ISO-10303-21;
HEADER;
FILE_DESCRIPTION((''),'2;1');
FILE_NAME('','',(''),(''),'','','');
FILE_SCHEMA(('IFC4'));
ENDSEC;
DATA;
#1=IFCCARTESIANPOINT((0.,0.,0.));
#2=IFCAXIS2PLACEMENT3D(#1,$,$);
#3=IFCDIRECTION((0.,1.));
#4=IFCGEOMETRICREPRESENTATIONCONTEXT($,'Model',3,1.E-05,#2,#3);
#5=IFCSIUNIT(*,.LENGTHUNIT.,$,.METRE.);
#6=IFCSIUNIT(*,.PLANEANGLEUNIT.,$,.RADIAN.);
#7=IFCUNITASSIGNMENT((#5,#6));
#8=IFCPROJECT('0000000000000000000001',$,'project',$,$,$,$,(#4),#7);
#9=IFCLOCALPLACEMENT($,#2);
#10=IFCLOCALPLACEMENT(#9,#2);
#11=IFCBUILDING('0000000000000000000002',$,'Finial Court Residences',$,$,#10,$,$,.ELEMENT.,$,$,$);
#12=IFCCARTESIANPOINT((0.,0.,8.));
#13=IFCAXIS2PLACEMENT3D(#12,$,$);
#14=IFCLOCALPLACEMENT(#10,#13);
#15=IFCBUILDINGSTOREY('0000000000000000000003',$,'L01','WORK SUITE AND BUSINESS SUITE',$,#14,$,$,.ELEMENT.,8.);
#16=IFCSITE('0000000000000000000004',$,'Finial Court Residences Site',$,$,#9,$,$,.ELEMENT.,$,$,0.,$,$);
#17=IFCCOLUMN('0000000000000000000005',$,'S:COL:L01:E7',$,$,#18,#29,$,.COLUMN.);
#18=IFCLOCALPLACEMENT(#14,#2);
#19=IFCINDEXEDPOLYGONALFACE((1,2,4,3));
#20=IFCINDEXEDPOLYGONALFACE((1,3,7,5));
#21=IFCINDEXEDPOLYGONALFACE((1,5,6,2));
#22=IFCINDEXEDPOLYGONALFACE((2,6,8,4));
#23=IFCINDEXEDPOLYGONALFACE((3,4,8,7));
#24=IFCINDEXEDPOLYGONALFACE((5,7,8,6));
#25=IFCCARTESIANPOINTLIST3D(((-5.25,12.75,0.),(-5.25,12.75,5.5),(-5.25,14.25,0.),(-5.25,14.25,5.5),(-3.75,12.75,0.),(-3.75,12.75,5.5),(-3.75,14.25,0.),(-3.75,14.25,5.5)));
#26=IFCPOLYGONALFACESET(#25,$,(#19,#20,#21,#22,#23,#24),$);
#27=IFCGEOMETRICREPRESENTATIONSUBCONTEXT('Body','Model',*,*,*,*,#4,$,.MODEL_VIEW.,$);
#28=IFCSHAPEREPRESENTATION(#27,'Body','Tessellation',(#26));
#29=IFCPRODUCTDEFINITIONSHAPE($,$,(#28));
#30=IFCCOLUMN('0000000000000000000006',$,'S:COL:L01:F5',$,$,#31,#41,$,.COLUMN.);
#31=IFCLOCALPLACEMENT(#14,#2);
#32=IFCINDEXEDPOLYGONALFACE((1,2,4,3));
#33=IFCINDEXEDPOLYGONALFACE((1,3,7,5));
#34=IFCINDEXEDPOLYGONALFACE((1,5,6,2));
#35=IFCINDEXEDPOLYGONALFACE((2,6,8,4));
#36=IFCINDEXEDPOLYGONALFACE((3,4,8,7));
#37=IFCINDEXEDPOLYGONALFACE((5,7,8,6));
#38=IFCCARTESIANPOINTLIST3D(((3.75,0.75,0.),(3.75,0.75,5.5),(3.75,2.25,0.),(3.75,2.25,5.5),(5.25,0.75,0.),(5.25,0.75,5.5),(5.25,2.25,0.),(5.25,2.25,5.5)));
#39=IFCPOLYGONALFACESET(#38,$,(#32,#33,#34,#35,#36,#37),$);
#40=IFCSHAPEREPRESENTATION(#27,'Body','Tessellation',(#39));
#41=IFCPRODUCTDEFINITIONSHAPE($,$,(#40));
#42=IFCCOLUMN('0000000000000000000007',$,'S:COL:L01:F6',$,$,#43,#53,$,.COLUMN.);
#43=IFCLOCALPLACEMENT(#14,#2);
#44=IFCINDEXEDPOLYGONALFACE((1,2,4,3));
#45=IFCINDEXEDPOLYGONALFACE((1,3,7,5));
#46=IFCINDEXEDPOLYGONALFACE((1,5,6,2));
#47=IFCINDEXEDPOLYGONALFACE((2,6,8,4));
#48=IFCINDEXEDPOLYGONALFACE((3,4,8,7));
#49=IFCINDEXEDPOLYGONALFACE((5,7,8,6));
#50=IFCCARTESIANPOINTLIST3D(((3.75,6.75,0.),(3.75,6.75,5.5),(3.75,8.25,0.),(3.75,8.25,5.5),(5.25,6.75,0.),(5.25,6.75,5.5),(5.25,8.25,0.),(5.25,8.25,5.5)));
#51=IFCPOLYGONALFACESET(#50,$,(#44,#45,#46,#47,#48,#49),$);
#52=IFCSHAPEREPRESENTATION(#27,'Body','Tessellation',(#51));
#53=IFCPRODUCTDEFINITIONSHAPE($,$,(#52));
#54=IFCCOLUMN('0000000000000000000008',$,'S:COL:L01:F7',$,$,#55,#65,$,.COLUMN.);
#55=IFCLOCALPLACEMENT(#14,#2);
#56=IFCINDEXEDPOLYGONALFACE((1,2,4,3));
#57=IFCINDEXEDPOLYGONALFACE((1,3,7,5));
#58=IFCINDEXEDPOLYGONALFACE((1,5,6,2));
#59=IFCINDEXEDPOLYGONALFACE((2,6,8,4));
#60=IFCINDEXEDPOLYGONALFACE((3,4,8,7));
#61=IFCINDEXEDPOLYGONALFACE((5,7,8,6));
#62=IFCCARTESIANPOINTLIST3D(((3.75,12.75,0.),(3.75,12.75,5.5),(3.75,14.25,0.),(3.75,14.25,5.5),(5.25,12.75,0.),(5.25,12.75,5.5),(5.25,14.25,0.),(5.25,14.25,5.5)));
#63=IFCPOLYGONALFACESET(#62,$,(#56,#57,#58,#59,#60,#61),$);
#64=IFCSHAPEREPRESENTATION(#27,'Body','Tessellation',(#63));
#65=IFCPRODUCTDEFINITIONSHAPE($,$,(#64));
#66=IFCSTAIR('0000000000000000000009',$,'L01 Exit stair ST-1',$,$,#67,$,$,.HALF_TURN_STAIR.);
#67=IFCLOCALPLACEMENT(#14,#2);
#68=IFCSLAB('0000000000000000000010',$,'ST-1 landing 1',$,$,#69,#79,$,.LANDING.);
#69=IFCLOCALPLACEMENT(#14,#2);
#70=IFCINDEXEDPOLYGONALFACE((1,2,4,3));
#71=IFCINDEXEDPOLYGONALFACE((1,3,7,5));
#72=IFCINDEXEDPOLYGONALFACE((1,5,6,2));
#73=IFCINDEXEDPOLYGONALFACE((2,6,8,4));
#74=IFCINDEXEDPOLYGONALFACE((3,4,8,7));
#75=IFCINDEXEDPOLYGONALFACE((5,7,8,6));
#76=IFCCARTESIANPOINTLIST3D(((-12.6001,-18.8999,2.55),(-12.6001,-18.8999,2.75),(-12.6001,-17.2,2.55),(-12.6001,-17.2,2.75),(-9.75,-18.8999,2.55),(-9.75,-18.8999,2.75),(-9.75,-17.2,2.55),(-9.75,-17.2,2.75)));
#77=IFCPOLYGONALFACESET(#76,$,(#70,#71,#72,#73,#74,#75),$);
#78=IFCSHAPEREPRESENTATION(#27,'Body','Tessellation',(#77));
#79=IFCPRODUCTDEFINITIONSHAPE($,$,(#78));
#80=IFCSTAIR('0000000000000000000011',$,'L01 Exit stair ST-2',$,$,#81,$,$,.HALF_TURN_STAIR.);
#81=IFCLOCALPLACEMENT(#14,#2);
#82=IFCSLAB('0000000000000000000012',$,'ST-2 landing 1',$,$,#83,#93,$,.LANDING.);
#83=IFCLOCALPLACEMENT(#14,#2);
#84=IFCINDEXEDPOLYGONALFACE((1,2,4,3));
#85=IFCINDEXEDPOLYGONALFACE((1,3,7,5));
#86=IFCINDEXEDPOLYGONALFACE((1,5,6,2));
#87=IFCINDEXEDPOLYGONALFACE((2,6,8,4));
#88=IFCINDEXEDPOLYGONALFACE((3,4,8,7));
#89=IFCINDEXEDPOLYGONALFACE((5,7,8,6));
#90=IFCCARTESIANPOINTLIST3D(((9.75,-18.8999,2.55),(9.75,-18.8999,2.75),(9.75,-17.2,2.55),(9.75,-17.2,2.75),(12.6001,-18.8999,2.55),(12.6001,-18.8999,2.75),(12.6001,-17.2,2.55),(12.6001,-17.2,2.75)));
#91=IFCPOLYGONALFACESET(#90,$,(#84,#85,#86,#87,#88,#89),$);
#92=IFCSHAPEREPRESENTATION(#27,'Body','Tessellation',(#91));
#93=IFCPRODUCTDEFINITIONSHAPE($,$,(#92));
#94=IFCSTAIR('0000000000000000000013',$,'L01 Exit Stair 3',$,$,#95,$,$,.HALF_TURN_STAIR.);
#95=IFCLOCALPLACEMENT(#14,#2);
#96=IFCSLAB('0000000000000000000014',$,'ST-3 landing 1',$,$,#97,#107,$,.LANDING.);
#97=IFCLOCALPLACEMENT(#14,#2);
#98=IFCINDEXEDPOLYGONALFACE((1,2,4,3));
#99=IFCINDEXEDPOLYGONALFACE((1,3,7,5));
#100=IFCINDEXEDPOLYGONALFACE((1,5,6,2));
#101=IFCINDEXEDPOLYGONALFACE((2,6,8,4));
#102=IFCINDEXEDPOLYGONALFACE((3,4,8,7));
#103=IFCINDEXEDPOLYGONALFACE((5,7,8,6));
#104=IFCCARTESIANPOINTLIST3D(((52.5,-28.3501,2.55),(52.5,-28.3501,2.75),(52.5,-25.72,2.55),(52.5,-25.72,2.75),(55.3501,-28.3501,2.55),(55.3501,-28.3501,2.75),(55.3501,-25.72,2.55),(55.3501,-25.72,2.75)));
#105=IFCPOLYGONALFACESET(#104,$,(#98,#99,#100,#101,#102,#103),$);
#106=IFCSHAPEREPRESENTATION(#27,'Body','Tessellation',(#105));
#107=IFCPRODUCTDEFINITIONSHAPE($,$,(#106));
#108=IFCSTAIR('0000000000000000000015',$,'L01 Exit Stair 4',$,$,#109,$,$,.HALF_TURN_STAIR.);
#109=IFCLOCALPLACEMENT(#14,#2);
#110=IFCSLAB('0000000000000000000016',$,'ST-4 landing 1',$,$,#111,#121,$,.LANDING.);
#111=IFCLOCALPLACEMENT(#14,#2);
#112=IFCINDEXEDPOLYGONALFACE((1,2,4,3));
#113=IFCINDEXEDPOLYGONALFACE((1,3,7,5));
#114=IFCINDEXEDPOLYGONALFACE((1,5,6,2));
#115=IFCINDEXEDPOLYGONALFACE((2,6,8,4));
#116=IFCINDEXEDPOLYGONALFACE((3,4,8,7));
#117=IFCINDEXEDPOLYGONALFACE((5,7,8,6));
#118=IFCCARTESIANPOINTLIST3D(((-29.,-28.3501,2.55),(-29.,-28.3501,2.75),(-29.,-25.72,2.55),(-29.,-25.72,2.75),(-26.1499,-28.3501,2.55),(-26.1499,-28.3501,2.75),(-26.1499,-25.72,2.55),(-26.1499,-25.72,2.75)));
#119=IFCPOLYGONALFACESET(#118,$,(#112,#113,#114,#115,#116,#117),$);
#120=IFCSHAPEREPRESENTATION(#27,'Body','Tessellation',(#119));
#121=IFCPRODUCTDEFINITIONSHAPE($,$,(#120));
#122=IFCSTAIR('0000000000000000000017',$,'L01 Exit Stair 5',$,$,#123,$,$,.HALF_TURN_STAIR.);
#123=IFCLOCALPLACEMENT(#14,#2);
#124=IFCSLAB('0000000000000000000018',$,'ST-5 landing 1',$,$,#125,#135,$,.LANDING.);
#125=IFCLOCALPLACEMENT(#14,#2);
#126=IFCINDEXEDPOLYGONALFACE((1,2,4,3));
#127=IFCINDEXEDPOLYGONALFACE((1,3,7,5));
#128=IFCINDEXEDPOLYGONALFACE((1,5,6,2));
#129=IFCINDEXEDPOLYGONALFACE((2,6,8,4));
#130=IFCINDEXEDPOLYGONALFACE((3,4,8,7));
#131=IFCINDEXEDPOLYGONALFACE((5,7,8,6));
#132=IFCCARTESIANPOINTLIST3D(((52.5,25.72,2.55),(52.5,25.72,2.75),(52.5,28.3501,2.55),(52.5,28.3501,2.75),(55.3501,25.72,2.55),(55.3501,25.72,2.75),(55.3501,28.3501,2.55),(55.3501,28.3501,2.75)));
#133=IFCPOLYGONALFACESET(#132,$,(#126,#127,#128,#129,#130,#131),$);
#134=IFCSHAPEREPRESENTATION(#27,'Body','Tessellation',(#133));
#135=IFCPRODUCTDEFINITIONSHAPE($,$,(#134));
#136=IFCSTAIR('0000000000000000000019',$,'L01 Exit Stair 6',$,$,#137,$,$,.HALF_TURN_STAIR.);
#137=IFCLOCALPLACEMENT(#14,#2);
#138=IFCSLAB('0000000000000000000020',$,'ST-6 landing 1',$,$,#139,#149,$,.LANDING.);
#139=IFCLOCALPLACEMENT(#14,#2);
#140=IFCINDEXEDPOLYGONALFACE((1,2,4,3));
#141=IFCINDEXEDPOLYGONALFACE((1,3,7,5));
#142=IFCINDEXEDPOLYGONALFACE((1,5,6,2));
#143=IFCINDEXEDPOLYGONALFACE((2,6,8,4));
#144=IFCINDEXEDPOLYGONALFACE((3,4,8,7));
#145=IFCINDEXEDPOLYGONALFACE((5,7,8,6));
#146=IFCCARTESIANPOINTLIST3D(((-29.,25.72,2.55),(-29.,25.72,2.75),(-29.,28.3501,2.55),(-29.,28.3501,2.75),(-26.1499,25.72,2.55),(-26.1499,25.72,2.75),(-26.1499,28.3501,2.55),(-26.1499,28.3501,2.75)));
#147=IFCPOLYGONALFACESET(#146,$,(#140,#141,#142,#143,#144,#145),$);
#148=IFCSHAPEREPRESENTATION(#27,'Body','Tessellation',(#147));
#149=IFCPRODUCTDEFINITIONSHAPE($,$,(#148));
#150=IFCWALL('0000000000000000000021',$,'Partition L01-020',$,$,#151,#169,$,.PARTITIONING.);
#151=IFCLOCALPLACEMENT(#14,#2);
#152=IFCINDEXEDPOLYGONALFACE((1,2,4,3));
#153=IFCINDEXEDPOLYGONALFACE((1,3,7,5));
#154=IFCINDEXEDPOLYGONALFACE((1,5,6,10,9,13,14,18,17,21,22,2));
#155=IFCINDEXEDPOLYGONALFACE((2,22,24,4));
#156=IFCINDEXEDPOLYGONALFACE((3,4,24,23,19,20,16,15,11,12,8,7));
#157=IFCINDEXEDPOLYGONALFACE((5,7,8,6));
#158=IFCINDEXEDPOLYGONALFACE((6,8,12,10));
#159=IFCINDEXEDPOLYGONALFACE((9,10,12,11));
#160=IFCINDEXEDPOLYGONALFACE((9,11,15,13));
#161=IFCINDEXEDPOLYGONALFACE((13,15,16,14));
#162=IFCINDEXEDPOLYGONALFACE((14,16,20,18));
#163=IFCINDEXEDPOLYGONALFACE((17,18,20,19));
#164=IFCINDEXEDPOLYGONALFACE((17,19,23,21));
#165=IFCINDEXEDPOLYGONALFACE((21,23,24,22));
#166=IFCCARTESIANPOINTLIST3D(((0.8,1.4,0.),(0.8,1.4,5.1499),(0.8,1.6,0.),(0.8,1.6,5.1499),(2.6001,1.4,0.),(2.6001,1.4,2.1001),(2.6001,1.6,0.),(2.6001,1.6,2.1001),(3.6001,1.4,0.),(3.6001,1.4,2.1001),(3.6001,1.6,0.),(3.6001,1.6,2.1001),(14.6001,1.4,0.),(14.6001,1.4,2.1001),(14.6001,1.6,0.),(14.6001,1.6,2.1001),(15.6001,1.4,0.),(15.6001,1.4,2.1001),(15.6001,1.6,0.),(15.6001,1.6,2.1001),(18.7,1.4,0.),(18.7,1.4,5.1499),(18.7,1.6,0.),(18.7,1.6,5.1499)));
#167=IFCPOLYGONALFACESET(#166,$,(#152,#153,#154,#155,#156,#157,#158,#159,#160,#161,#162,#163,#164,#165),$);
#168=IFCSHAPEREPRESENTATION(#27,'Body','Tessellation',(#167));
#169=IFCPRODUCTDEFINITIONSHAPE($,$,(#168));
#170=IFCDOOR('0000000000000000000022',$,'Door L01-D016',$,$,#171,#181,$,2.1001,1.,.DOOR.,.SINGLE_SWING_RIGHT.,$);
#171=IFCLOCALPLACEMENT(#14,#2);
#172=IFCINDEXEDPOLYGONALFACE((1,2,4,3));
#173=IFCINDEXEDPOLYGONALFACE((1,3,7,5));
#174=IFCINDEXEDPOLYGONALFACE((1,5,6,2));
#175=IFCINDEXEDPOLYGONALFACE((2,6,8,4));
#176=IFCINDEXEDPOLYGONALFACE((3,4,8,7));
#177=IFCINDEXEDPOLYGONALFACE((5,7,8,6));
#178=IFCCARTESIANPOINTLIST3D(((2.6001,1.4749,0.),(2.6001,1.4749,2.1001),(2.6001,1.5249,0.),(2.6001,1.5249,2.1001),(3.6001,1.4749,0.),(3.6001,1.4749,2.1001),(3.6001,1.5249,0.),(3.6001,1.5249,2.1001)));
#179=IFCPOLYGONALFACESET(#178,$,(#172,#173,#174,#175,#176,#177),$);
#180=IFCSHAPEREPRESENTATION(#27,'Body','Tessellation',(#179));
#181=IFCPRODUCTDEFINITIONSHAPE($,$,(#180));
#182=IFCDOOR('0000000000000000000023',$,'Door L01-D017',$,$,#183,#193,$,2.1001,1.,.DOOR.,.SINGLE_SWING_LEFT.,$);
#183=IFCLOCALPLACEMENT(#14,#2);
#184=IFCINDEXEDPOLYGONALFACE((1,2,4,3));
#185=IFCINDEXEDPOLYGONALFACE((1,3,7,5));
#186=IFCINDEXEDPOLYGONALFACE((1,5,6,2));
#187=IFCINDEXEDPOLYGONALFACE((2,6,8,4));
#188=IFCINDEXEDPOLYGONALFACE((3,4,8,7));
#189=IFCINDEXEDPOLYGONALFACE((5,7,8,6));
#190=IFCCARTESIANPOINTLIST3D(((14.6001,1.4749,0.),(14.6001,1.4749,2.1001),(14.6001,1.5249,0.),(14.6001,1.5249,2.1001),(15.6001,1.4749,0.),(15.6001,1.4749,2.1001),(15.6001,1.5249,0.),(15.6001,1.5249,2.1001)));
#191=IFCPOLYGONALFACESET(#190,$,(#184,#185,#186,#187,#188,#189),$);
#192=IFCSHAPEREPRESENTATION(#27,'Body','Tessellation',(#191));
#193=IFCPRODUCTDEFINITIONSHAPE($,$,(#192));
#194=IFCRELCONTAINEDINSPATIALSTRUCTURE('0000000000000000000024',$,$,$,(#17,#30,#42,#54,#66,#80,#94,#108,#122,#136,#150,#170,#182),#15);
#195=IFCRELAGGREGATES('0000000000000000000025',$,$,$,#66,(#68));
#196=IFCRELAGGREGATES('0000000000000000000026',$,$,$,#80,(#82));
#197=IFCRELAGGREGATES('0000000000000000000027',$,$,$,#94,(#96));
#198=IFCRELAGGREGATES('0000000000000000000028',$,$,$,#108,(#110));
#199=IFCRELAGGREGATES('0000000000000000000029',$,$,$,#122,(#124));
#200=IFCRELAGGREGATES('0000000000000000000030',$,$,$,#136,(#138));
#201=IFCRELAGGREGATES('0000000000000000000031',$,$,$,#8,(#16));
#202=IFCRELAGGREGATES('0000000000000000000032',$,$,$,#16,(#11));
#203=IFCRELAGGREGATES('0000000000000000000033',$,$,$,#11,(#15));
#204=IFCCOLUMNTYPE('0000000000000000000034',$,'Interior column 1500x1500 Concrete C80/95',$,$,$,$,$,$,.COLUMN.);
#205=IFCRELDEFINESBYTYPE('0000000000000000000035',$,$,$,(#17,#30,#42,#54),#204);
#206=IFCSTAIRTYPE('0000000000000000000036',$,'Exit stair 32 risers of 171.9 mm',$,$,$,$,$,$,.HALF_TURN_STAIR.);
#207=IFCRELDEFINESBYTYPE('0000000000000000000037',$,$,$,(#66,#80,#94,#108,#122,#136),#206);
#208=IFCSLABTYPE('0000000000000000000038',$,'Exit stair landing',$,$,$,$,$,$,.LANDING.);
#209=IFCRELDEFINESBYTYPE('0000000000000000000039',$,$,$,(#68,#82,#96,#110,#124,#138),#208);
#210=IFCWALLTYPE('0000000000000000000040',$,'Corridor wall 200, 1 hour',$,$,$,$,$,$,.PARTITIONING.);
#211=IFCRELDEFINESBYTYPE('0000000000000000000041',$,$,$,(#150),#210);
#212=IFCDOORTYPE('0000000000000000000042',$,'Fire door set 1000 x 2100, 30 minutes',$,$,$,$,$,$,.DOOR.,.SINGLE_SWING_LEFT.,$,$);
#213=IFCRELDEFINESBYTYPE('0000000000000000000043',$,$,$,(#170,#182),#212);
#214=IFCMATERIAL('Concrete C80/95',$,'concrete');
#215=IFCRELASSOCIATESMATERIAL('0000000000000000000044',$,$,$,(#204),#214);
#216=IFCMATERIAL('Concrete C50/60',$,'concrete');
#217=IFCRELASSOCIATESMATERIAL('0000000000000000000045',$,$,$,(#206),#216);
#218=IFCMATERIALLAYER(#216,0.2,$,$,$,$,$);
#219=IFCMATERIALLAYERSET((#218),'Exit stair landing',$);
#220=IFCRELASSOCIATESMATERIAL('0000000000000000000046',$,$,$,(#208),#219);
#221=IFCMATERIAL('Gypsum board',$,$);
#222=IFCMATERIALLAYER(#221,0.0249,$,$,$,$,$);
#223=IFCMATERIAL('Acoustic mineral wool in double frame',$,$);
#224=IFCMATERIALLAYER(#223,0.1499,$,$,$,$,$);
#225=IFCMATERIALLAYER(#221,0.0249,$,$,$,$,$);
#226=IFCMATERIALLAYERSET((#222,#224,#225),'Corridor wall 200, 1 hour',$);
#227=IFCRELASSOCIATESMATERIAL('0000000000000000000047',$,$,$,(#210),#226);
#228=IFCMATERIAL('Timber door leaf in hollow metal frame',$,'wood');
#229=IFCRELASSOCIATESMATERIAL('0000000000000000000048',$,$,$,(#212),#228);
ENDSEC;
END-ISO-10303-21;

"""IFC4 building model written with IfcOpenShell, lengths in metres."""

from ifc_helpers import new_model, si_unit, direction, frame, frame_2d, origin, origin_2d, place, context, subcontext, project, spatial, polyline, rectangle, outline, extrude, material, layer, layer_set, material_profile, profile_set, type_object, element, fill, aggregate, save


model = new_model("IFC4")

# Units and contexts
model_context = context("Model", 3, precision=1e-05, world=origin(), true_north=direction((0.0, 1.0)))
body_context = subcontext(model_context, "Body", "Model", "MODEL_VIEW")
ifc_project = project(units=[si_unit("LENGTHUNIT", "METRE"), si_unit("PLANEANGLEUNIT", "RADIAN")], contexts=[model_context])

# Site, building, storey
site_placement = place(None, origin())
site = spatial("IfcSite", under=ifc_project, at=site_placement, Name="Finial Court Residences Site", CompositionType="ELEMENT", RefElevation=0.0)
building_placement = place(site_placement, origin())
building = spatial("IfcBuilding", under=site, at=building_placement, Name="Finial Court Residences", CompositionType="ELEMENT")
storey_placement = place(building_placement, frame((0.0, 0.0, 8.0)))
storey = spatial("IfcBuildingStorey", under=building, at=storey_placement, Name="L01", Description="WORK SUITE AND BUSINESS SUITE", CompositionType="ELEMENT", Elevation=8.0)

# Columns
ifc_material_1 = material(Name="Concrete C80/95", Category="concrete")
ifc_material_profile = material_profile(ifc_material_1, rectangle(XDim=1.5, YDim=1.5, at=origin_2d()), Name="1500x1500")
ifc_profile_set = profile_set([ifc_material_profile], Name="Concrete C80/95")
column_type = type_object("IfcColumnType", Name="Interior column 1500x1500 Concrete C80/95", PredefinedType="COLUMN", material=ifc_profile_set)
for number, where, z_axis, x_axis, name in (
    (1, (-4.5, 13.5, 0.0), (0.0, 0.0, 1.0), (1.0, 0.0, 0.0), "S:COL:L01:E7"),
    (2, (4.5, 1.5, 0.0), (0.0, 0.0, 1.0), (1.0, 0.0, 0.0), "S:COL:L01:F5"),
    (3, (4.5, 7.5, 0.0), (0.0, 0.0, 1.0), (1.0, 0.0, 0.0), "S:COL:L01:F6"),
    (4, (4.5, 13.5, 0.0), (0.0, 0.0, 1.0), (1.0, 0.0, 0.0), "S:COL:L01:F7"),
):
    element("IfcColumn", number, at=place(storey_placement, frame(where, z_axis=z_axis, x_axis=x_axis)), inside=storey, type_object=column_type, Name=name, PredefinedType="COLUMN", context=body_context, shape_type="SweptSolid", body=[
        extrude(rectangle(XDim=1.5, YDim=1.5, at=origin_2d()), origin(), (0.0, 0.0, 1.0), 5.5),
    ])

# Stairs, slabs
ifc_material_2 = material(Name="Concrete C50/60", Category="concrete")
stair_type = type_object("IfcStairType", Name="Exit stair 32 risers of 171.9 mm", PredefinedType="HALF_TURN_STAIR", material=ifc_material_2)
stair_1_placement = place(storey_placement, origin())
stair_1 = element("IfcStair", 5, at=stair_1_placement, inside=storey, type_object=stair_type, Name="L01 Exit stair ST-1", PredefinedType="HALF_TURN_STAIR")
ifc_layer_1 = layer(ifc_material_2, 0.2)
ifc_layer_set_1 = layer_set([ifc_layer_1], Name="Exit stair landing")
slab_type = type_object("IfcSlabType", Name="Exit stair landing", PredefinedType="LANDING", material=ifc_layer_set_1)
slab_1_placement = place(storey_placement, frame((0.0, 0.0, 2.55)))
slab_1 = element("IfcSlab", 6, at=slab_1_placement, type_object=slab_type, Name="ST-1 landing 1", PredefinedType="LANDING", context=body_context, shape_type="SweptSolid", body=[
    extrude(outline(polyline([(-9.75, -18.8999), (-9.75, -17.2), (-12.6001, -17.2), (-12.6001, -18.8999), (-9.75, -18.8999)])), origin(), (0.0, 0.0, 1.0), 0.2),
])
aggregate(stair_1, [slab_1])
stair_2_placement = place(storey_placement, origin())
stair_2 = element("IfcStair", 7, at=stair_2_placement, inside=storey, type_object=stair_type, Name="L01 Exit stair ST-2", PredefinedType="HALF_TURN_STAIR")
slab_2_placement = place(storey_placement, frame((0.0, 0.0, 2.55)))
slab_2 = element("IfcSlab", 8, at=slab_2_placement, type_object=slab_type, Name="ST-2 landing 1", PredefinedType="LANDING", context=body_context, shape_type="SweptSolid", body=[
    extrude(outline(polyline([(12.6001, -18.8999), (12.6001, -17.2), (9.75, -17.2), (9.75, -18.8999), (12.6001, -18.8999)])), origin(), (0.0, 0.0, 1.0), 0.2),
])
aggregate(stair_2, [slab_2])
stair_3_placement = place(storey_placement, origin())
stair_3 = element("IfcStair", 9, at=stair_3_placement, inside=storey, type_object=stair_type, Name="L01 Exit Stair 3", PredefinedType="HALF_TURN_STAIR")
slab_3_placement = place(storey_placement, frame((0.0, 0.0, 2.55)))
slab_3 = element("IfcSlab", 10, at=slab_3_placement, type_object=slab_type, Name="ST-3 landing 1", PredefinedType="LANDING", context=body_context, shape_type="SweptSolid", body=[
    extrude(outline(polyline([(55.3501, -28.3501), (55.3501, -25.72), (52.5, -25.72), (52.5, -28.3501), (55.3501, -28.3501)])), origin(), (0.0, 0.0, 1.0), 0.2),
])
aggregate(stair_3, [slab_3])
stair_4_placement = place(storey_placement, origin())
stair_4 = element("IfcStair", 11, at=stair_4_placement, inside=storey, type_object=stair_type, Name="L01 Exit Stair 4", PredefinedType="HALF_TURN_STAIR")
slab_4_placement = place(storey_placement, frame((0.0, 0.0, 2.55)))
slab_4 = element("IfcSlab", 12, at=slab_4_placement, type_object=slab_type, Name="ST-4 landing 1", PredefinedType="LANDING", context=body_context, shape_type="SweptSolid", body=[
    extrude(outline(polyline([(-26.1499, -28.3501), (-26.1499, -25.72), (-29.0, -25.72), (-29.0, -28.3501), (-26.1499, -28.3501)])), origin(), (0.0, 0.0, 1.0), 0.2),
])
aggregate(stair_4, [slab_4])
stair_5_placement = place(storey_placement, origin())
stair_5 = element("IfcStair", 13, at=stair_5_placement, inside=storey, type_object=stair_type, Name="L01 Exit Stair 5", PredefinedType="HALF_TURN_STAIR")
slab_5_placement = place(storey_placement, frame((0.0, 0.0, 2.55)))
slab_5 = element("IfcSlab", 14, at=slab_5_placement, type_object=slab_type, Name="ST-5 landing 1", PredefinedType="LANDING", context=body_context, shape_type="SweptSolid", body=[
    extrude(outline(polyline([(52.5, 28.3501), (52.5, 25.72), (55.3501, 25.72), (55.3501, 28.3501), (52.5, 28.3501)])), origin(), (0.0, 0.0, 1.0), 0.2),
])
aggregate(stair_5, [slab_5])
stair_6_placement = place(storey_placement, origin())
stair_6 = element("IfcStair", 15, at=stair_6_placement, inside=storey, type_object=stair_type, Name="L01 Exit Stair 6", PredefinedType="HALF_TURN_STAIR")
slab_6_placement = place(storey_placement, frame((0.0, 0.0, 2.55)))
slab_6 = element("IfcSlab", 16, at=slab_6_placement, type_object=slab_type, Name="ST-6 landing 1", PredefinedType="LANDING", context=body_context, shape_type="SweptSolid", body=[
    extrude(outline(polyline([(-29.0, 28.3501), (-29.0, 25.72), (-26.1499, 25.72), (-26.1499, 28.3501), (-29.0, 28.3501)])), origin(), (0.0, 0.0, 1.0), 0.2),
])
aggregate(stair_6, [slab_6])

# Wall, openings, doors
ifc_material_3 = material(Name="Gypsum board")
ifc_layer_2 = layer(ifc_material_3, 0.0249)
ifc_material_4 = material(Name="Acoustic mineral wool in double frame")
ifc_layer_3 = layer(ifc_material_4, 0.1499)
ifc_layer_4 = layer(ifc_material_3, 0.0249)
ifc_layer_set_2 = layer_set([ifc_layer_2, ifc_layer_3, ifc_layer_4], Name="Corridor wall 200, 1 hour")
wall_type_1 = type_object("IfcWallType", Name="Corridor wall 200, 1 hour", PredefinedType="PARTITIONING", material=ifc_layer_set_2)
wall_1_placement = place(storey_placement, frame((0.8, 1.5, 0.0), z_axis=(0.0, 0.0, 1.0), x_axis=(1.0, 0.0, 0.0)))
wall_1 = element("IfcWall", 17, at=wall_1_placement, inside=storey, type_object=wall_type_1, Name="Partition L01-020", PredefinedType="PARTITIONING", context=body_context, shape_type="SweptSolid", body=[
    extrude(rectangle(XDim=17.8999, YDim=0.2, at=frame_2d((8.95, 0.0))), origin(), (0.0, 0.0, 1.0), 5.1499),
])
opening_1_placement = place(wall_1_placement, frame((1.8, 0.0, 0.0)))
opening_1 = element("IfcOpeningElement", 18, at=opening_1_placement, cuts=wall_1, PredefinedType="OPENING", context=body_context, shape_type="SweptSolid", body=[
    extrude(rectangle(XDim=1.0, YDim=2.1001, at=frame_2d((0.5, 1.05))), frame((0.0, 0.1099, 0.0), z_axis=(0.0, -1.0, 0.0), x_axis=(1.0, 0.0, 0.0)), (0.0, 0.0, 1.0), 0.22),
])
opening_2_placement = place(wall_1_placement, frame((13.8, 0.0, 0.0)))
opening_2 = element("IfcOpeningElement", 19, at=opening_2_placement, cuts=wall_1, PredefinedType="OPENING", context=body_context, shape_type="SweptSolid", body=[
    extrude(rectangle(XDim=1.0, YDim=2.1001, at=frame_2d((0.5, 1.05))), frame((0.0, 0.1099, 0.0), z_axis=(0.0, -1.0, 0.0), x_axis=(1.0, 0.0, 0.0)), (0.0, 0.0, 1.0), 0.22),
])
ifc_material_5 = material(Name="Timber door leaf in hollow metal frame", Category="wood")
door_type = type_object("IfcDoorType", Name="Fire door set 1000 x 2100, 30 minutes", OperationType="SINGLE_SWING_LEFT", PredefinedType="DOOR", material=ifc_material_5)
door_1_placement = place(opening_1_placement, origin())
door_1 = element("IfcDoor", 20, at=door_1_placement, inside=storey, type_object=door_type, Name="Door L01-D016", OperationType="SINGLE_SWING_RIGHT", OverallHeight=2.1001, OverallWidth=1.0, PredefinedType="DOOR", context=body_context, shape_type="SweptSolid", body=[
    extrude(rectangle(XDim=1.0, YDim=2.1001, at=frame_2d((0.5, 1.05))), frame((0.0, 0.0249, 0.0), z_axis=(0.0, -1.0, 0.0), x_axis=(1.0, 0.0, 0.0)), (0.0, 0.0, 1.0), 0.05),
])
fill(opening_1, door_1)
door_2_placement = place(opening_2_placement, origin())
door_2 = element("IfcDoor", 21, at=door_2_placement, inside=storey, type_object=door_type, Name="Door L01-D017", OperationType="SINGLE_SWING_LEFT", OverallHeight=2.1001, OverallWidth=1.0, PredefinedType="DOOR", context=body_context, shape_type="SweptSolid", body=[
    extrude(rectangle(XDim=1.0, YDim=2.1001, at=frame_2d((0.5, 1.05))), frame((0.0, 0.0249, 0.0), z_axis=(0.0, -1.0, 0.0), x_axis=(1.0, 0.0, 0.0)), (0.0, 0.0, 1.0), 0.05),
])
fill(opening_2, door_2)

save(model, "model.ifc")
